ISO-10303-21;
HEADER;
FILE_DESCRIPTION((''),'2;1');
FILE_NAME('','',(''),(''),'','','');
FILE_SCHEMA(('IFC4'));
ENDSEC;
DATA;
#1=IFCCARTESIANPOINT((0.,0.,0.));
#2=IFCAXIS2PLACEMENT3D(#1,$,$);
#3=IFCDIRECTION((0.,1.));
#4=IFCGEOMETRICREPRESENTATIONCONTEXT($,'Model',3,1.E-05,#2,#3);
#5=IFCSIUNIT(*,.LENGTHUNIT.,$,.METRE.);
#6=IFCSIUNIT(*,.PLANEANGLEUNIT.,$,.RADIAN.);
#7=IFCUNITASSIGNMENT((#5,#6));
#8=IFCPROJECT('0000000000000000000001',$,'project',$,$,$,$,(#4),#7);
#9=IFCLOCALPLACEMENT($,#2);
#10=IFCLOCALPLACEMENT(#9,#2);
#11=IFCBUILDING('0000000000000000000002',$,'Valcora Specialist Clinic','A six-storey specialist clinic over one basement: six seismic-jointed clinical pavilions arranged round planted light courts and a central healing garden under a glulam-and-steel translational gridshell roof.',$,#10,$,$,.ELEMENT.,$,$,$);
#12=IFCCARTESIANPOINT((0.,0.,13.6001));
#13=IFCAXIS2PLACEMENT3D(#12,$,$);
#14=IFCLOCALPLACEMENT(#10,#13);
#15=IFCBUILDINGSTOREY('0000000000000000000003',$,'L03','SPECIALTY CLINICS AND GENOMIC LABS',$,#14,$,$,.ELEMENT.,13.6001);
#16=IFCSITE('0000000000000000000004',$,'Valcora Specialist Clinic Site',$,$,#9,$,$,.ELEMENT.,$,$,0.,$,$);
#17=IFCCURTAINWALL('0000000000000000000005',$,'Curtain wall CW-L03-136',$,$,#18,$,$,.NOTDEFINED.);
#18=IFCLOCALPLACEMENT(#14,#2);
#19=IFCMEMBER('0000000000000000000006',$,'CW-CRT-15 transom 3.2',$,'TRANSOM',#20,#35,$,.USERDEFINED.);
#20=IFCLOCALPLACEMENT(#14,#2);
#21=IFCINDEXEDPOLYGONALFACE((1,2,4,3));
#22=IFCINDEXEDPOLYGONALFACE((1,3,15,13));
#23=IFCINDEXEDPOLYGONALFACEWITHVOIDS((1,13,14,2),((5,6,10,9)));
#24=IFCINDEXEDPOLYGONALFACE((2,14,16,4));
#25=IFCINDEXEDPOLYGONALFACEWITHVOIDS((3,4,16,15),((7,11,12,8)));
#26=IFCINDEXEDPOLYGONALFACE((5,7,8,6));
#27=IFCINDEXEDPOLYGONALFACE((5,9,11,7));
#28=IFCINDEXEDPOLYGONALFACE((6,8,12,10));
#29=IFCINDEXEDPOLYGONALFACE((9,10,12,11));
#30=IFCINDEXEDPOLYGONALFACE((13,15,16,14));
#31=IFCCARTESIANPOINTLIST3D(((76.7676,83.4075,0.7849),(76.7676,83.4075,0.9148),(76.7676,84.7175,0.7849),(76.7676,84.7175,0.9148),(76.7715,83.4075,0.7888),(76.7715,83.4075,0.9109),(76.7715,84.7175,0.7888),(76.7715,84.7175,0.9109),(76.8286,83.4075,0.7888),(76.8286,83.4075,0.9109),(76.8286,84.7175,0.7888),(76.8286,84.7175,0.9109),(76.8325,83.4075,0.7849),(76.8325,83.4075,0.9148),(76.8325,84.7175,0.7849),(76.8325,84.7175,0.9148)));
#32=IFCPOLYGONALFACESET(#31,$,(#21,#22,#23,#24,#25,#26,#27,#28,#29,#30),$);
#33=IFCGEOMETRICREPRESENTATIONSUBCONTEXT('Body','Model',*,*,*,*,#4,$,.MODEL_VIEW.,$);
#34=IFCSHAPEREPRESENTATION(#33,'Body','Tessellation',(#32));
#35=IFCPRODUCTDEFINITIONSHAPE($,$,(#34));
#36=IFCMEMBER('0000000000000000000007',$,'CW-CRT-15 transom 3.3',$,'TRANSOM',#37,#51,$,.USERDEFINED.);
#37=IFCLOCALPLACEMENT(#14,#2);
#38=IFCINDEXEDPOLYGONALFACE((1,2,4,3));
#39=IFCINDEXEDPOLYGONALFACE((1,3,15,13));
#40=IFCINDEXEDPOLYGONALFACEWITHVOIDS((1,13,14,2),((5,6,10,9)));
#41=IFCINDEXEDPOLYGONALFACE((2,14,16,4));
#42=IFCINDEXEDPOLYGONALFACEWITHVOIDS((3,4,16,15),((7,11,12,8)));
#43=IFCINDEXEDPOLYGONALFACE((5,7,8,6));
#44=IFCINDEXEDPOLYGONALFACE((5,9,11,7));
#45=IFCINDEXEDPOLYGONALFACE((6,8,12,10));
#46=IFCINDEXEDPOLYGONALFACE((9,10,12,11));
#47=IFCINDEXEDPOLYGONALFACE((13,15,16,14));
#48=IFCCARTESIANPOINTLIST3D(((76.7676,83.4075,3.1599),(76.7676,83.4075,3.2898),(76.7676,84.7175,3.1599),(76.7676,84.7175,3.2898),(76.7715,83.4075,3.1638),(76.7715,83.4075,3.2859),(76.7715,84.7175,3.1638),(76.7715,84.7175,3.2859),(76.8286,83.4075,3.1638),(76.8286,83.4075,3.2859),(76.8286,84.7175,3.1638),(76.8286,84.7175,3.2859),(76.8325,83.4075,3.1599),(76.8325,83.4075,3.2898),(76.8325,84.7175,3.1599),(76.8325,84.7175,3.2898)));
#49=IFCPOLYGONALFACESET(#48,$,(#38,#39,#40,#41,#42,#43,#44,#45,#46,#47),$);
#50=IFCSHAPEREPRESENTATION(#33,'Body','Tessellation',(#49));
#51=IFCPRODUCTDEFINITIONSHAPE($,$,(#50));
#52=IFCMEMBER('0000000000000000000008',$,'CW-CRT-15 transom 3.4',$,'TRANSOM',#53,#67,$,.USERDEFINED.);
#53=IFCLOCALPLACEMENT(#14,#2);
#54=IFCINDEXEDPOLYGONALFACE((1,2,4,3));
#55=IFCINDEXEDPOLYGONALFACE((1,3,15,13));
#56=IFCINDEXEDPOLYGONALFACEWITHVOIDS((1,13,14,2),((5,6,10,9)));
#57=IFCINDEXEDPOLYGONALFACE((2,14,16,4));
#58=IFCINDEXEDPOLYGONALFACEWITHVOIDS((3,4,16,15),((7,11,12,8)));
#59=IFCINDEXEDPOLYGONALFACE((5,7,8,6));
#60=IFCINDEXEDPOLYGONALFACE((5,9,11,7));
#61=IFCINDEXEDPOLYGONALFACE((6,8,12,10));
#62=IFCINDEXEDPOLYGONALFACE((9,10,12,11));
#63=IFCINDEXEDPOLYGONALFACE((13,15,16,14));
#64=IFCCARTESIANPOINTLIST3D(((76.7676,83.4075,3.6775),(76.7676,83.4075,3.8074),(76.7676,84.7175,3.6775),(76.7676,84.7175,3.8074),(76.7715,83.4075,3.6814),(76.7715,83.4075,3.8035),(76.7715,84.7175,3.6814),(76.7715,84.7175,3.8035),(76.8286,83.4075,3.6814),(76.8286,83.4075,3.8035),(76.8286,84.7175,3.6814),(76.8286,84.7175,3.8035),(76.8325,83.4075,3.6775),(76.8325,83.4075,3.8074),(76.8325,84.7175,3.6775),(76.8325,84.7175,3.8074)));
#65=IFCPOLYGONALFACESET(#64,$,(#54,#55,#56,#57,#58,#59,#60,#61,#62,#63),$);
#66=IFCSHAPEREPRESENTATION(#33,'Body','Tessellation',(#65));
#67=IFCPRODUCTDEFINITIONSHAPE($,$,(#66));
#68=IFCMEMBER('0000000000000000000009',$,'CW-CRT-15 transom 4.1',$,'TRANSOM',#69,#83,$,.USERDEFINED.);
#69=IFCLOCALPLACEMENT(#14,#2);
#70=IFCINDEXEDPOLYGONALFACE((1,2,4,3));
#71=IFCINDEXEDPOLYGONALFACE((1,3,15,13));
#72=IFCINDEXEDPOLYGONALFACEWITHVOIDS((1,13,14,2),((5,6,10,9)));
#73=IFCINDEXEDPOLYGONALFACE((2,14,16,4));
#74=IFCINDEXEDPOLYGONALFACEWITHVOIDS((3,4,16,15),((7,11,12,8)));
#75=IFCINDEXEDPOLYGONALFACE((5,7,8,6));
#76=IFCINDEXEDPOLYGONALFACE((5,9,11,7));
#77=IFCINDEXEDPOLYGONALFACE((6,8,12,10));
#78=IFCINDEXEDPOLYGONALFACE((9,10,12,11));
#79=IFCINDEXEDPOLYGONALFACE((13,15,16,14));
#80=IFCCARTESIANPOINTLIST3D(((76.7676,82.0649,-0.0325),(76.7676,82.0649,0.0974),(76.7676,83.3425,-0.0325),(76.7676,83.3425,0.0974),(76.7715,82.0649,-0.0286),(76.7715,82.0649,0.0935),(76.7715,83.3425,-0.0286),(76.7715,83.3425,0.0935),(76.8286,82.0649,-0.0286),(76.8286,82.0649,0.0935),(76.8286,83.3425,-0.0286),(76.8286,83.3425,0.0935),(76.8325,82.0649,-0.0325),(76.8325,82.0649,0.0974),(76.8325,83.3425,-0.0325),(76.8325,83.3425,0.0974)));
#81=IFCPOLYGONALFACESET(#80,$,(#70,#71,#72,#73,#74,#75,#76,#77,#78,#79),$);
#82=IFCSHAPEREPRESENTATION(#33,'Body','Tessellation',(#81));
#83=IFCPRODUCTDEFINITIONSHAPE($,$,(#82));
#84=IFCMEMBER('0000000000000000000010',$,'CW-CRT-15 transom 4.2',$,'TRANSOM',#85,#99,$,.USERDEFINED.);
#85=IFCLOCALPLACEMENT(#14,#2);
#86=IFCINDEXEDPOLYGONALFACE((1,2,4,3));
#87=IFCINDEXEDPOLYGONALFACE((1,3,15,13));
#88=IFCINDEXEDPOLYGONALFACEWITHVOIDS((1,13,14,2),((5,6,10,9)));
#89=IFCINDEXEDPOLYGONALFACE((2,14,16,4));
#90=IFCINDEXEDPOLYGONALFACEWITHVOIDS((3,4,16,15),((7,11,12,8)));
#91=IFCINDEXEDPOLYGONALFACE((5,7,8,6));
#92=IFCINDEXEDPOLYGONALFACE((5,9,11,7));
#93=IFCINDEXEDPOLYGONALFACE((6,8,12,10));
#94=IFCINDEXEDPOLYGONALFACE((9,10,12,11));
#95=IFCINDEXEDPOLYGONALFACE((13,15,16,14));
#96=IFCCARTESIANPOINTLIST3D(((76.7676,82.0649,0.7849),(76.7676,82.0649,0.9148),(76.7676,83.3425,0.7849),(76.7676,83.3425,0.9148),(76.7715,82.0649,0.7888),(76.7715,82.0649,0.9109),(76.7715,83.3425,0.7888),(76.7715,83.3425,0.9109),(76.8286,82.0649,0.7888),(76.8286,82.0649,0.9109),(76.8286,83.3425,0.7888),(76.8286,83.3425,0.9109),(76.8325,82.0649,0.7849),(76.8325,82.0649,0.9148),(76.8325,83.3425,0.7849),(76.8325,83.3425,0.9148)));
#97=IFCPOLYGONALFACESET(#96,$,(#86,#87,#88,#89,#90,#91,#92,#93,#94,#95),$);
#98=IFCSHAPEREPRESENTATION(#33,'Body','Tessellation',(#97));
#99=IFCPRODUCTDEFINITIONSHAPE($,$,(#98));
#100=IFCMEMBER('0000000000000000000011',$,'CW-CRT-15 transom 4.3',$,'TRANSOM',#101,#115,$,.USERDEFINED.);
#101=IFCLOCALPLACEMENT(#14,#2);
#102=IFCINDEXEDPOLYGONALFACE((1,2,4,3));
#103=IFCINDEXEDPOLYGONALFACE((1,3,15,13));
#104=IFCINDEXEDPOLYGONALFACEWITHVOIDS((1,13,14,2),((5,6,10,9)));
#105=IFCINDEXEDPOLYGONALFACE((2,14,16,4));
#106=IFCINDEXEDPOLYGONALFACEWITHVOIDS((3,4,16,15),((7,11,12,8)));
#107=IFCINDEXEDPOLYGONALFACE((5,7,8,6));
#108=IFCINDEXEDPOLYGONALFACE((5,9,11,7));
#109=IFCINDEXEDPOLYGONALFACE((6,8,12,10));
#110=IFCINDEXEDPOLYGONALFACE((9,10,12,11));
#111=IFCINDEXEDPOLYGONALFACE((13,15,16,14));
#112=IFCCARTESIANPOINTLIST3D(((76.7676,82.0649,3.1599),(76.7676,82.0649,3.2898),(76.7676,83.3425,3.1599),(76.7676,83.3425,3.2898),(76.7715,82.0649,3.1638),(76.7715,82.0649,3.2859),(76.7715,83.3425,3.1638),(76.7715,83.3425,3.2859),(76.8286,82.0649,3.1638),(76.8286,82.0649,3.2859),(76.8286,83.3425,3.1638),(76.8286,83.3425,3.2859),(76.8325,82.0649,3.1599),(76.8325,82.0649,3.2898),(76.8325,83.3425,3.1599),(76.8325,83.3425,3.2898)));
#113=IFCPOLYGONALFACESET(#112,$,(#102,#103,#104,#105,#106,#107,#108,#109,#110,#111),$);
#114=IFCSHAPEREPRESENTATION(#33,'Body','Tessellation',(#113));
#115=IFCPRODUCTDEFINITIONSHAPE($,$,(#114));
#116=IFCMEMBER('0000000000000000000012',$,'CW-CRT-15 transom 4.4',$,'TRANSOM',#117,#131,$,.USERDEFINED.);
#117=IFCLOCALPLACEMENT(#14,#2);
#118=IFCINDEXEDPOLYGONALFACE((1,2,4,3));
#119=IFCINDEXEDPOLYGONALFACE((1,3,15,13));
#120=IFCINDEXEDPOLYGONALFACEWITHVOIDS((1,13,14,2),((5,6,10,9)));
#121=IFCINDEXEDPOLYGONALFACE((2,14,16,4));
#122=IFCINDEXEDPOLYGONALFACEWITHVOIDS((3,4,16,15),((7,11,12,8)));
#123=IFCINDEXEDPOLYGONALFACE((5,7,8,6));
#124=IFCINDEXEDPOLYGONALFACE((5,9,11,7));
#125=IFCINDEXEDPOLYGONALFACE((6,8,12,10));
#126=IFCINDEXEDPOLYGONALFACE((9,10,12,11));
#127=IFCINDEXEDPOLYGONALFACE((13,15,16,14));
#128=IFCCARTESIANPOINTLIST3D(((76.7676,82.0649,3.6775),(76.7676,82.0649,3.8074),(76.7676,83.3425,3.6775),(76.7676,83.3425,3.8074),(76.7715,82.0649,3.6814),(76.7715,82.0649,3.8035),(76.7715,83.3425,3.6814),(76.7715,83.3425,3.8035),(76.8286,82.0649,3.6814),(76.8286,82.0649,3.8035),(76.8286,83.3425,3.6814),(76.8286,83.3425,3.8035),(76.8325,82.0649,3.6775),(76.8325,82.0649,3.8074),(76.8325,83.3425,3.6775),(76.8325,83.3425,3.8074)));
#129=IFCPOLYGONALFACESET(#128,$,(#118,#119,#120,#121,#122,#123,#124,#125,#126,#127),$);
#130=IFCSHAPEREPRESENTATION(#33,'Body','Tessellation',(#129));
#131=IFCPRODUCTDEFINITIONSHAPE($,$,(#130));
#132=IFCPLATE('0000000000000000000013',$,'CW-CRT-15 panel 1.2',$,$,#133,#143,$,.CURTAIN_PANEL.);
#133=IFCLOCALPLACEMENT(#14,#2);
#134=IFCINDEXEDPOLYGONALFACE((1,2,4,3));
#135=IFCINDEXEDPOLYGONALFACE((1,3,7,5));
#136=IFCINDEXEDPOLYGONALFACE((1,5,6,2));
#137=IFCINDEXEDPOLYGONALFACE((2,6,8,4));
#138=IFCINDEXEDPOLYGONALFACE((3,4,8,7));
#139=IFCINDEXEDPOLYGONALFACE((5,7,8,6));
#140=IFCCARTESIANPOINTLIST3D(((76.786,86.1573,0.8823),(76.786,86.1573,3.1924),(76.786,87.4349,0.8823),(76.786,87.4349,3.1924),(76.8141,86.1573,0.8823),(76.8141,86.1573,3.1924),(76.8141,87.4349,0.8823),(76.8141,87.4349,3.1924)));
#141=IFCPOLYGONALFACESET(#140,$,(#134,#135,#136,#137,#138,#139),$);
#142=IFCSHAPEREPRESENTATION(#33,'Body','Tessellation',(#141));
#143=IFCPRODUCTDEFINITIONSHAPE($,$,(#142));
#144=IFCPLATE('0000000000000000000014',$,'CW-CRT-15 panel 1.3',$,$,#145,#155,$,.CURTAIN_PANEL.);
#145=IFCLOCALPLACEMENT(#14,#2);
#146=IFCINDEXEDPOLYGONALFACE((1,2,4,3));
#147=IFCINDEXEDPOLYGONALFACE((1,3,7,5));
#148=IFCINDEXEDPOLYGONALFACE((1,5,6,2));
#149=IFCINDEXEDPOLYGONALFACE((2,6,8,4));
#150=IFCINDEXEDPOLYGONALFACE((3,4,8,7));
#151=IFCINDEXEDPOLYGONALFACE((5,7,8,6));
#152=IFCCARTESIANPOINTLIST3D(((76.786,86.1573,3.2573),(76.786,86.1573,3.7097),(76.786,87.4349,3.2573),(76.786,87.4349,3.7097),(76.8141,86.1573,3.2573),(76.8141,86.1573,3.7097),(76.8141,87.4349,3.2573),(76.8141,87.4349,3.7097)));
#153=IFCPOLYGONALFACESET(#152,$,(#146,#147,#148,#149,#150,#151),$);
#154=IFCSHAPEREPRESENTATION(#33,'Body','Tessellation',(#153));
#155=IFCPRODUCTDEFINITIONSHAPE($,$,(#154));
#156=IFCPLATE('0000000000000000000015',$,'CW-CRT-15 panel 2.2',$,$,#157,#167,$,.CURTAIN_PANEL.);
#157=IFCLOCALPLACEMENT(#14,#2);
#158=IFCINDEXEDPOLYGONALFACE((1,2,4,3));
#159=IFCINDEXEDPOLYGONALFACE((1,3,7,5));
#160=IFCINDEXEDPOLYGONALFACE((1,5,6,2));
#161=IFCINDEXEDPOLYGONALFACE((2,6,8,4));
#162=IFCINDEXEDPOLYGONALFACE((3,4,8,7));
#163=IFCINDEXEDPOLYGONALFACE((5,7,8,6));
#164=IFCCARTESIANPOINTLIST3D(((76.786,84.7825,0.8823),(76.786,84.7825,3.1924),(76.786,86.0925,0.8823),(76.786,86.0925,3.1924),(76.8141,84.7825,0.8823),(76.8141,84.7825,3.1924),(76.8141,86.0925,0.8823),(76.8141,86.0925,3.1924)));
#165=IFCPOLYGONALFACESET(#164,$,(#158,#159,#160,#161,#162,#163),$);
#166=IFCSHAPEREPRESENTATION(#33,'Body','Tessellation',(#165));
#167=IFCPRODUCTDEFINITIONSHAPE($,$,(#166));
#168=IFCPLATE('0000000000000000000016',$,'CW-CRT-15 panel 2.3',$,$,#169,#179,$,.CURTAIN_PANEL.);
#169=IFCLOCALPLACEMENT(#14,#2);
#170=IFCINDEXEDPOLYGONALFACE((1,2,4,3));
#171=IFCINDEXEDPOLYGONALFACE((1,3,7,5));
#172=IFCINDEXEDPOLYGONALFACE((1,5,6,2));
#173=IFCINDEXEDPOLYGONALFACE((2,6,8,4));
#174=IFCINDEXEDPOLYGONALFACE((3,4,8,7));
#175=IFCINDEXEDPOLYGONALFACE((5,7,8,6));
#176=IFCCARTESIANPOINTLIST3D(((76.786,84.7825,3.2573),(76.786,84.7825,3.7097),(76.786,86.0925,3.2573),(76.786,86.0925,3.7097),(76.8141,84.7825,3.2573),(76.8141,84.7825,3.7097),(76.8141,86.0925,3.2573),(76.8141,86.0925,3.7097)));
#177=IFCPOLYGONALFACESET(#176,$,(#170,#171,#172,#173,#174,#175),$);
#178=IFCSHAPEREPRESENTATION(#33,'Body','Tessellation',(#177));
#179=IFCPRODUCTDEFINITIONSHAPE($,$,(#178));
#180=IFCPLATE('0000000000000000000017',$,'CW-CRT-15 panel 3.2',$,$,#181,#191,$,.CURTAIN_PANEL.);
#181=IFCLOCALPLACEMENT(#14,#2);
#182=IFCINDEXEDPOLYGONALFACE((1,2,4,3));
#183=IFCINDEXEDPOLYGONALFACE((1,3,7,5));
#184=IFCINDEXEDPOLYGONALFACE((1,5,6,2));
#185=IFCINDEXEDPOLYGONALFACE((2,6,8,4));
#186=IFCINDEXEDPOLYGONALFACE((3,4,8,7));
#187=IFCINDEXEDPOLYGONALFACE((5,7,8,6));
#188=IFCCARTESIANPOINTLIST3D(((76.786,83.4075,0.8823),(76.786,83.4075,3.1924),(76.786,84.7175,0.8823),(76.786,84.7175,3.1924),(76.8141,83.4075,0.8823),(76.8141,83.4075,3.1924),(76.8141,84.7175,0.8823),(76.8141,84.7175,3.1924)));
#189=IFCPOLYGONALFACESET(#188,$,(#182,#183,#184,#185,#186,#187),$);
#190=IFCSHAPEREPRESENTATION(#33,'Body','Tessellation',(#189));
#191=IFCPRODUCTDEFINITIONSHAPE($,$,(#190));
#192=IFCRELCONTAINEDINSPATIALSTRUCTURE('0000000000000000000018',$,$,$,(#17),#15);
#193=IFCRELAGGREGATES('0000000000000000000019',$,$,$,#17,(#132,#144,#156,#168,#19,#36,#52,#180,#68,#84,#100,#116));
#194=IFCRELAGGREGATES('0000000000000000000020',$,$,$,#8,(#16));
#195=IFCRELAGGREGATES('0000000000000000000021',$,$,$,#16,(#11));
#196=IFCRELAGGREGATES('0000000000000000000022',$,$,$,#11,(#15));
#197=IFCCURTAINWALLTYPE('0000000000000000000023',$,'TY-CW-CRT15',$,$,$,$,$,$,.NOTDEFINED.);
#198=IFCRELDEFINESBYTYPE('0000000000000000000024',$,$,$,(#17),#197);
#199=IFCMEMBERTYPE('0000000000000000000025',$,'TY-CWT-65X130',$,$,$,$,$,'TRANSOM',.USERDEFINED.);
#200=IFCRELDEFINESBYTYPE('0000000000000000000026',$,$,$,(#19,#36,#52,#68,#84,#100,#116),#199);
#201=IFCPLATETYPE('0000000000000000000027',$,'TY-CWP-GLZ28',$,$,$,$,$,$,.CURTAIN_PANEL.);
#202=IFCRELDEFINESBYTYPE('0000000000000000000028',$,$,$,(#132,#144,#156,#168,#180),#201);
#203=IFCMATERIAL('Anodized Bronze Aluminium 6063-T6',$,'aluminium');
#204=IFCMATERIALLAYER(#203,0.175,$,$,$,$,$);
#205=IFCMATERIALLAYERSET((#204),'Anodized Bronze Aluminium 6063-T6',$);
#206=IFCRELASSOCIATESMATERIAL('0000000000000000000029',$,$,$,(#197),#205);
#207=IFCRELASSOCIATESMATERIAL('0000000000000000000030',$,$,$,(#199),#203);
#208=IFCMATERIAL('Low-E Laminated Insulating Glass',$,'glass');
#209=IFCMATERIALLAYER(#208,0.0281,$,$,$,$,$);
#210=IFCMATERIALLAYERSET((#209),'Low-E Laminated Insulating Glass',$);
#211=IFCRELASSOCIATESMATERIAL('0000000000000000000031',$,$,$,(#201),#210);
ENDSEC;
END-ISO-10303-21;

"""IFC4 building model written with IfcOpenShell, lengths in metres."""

from ifc_helpers import new_model, si_unit, direction, frame, origin, origin_2d, place, context, subcontext, project, spatial, rectangle, hollow_rectangle, extrude, material, layer, layer_set, material_profile, profile_set, type_object, element, aggregate, save


model = new_model("IFC4")

# Units and contexts
model_context = context("Model", 3, precision=1e-05, world=origin(), true_north=direction((0.0, 1.0)))
body_context = subcontext(model_context, "Body", "Model", "MODEL_VIEW")
ifc_project = project(units=[si_unit("LENGTHUNIT", "METRE"), si_unit("PLANEANGLEUNIT", "RADIAN")], contexts=[model_context])

# Site, building, storey
site_placement = place(None, origin())
site = spatial("IfcSite", under=ifc_project, at=site_placement, Name="Valcora Specialist Clinic Site", CompositionType="ELEMENT", RefElevation=0.0)
building_placement = place(site_placement, origin())
building = spatial("IfcBuilding", under=site, at=building_placement, Name="Valcora Specialist Clinic", Description="A six-storey specialist clinic over one basement: six seismic-jointed clinical pavilions arranged round planted light courts and a central healing garden under a glulam-and-steel translational gridshell roof.", CompositionType="ELEMENT")
storey_placement = place(building_placement, frame((0.0, 0.0, 13.6001)))
storey = spatial("IfcBuildingStorey", under=building, at=storey_placement, Name="L03", Description="SPECIALTY CLINICS AND GENOMIC LABS", CompositionType="ELEMENT", Elevation=13.6001)

# Curtain wall, members, plates
ifc_material_1 = material(Name="Anodized Bronze Aluminium 6063-T6", Category="aluminium")
ifc_layer_1 = layer(ifc_material_1, 0.175)
ifc_layer_set_1 = layer_set([ifc_layer_1], Name="Anodized Bronze Aluminium 6063-T6")
curtain_wall_type = type_object("IfcCurtainWallType", Name="TY-CW-CRT15", PredefinedType="NOTDEFINED", material=ifc_layer_set_1)
curtain_wall_placement = place(storey_placement, origin())
curtain_wall = element("IfcCurtainWall", 1, at=curtain_wall_placement, inside=storey, type_object=curtain_wall_type, Name="Curtain wall CW-L03-136", PredefinedType="NOTDEFINED")
ifc_material_profile_1 = material_profile(ifc_material_1, hollow_rectangle(XDim=0.0649, YDim=0.1299, WallThickness=0.0039, at=origin_2d()), Name="AL-TRN-65X130")
ifc_profile_set_1 = profile_set([ifc_material_profile_1], Name="Anodized Bronze Aluminium 6063-T6")
member_type_1 = type_object("IfcMemberType", Name="TY-CWT-65X130", ElementType="TRANSOM", PredefinedType="USERDEFINED", material=ifc_profile_set_1)
member_1_placement = place(storey_placement, frame((76.8, 84.7175, 0.8499), z_axis=(0.0, -1.0, 0.0), x_axis=(1.0, 0.0, 0.0)))
member_1 = element("IfcMember", 2, at=member_1_placement, type_object=member_type_1, Name="CW-CRT-15 transom 3.2", ObjectType="TRANSOM", PredefinedType="USERDEFINED", context=body_context, shape_type="SweptSolid", body=[
    extrude(hollow_rectangle(XDim=0.0649, YDim=0.1299, WallThickness=0.0039, at=origin_2d()), origin(), (0.0, 0.0, 1.0), 1.3101),
])
member_2_placement = place(storey_placement, frame((76.8, 84.7175, 3.2249), z_axis=(0.0, -1.0, 0.0), x_axis=(1.0, 0.0, 0.0)))
member_2 = element("IfcMember", 3, at=member_2_placement, type_object=member_type_1, Name="CW-CRT-15 transom 3.3", ObjectType="TRANSOM", PredefinedType="USERDEFINED", context=body_context, shape_type="SweptSolid", body=[
    extrude(hollow_rectangle(XDim=0.0649, YDim=0.1299, WallThickness=0.0039, at=origin_2d()), origin(), (0.0, 0.0, 1.0), 1.3101),
])
member_3_placement = place(storey_placement, frame((76.8, 84.7175, 3.7424), z_axis=(0.0, -1.0, 0.0), x_axis=(1.0, 0.0, 0.0)))
member_3 = element("IfcMember", 4, at=member_3_placement, type_object=member_type_1, Name="CW-CRT-15 transom 3.4", ObjectType="TRANSOM", PredefinedType="USERDEFINED", context=body_context, shape_type="SweptSolid", body=[
    extrude(hollow_rectangle(XDim=0.0649, YDim=0.1299, WallThickness=0.0039, at=origin_2d()), origin(), (0.0, 0.0, 1.0), 1.3101),
])
member_4_placement = place(storey_placement, frame((76.8, 83.3425, 0.0325), z_axis=(0.0, -1.0, 0.0), x_axis=(1.0, 0.0, 0.0)))
member_4 = element("IfcMember", 5, at=member_4_placement, type_object=member_type_1, Name="CW-CRT-15 transom 4.1", ObjectType="TRANSOM", PredefinedType="USERDEFINED", context=body_context, shape_type="SweptSolid", body=[
    extrude(hollow_rectangle(XDim=0.0649, YDim=0.1299, WallThickness=0.0039, at=origin_2d()), origin(), (0.0, 0.0, 1.0), 1.2776),
])
member_5_placement = place(storey_placement, frame((76.8, 83.3425, 0.8499), z_axis=(0.0, -1.0, 0.0), x_axis=(1.0, 0.0, 0.0)))
member_5 = element("IfcMember", 6, at=member_5_placement, type_object=member_type_1, Name="CW-CRT-15 transom 4.2", ObjectType="TRANSOM", PredefinedType="USERDEFINED", context=body_context, shape_type="SweptSolid", body=[
    extrude(hollow_rectangle(XDim=0.0649, YDim=0.1299, WallThickness=0.0039, at=origin_2d()), origin(), (0.0, 0.0, 1.0), 1.2776),
])
member_6_placement = place(storey_placement, frame((76.8, 83.3425, 3.2249), z_axis=(0.0, -1.0, 0.0), x_axis=(1.0, 0.0, 0.0)))
member_6 = element("IfcMember", 7, at=member_6_placement, type_object=member_type_1, Name="CW-CRT-15 transom 4.3", ObjectType="TRANSOM", PredefinedType="USERDEFINED", context=body_context, shape_type="SweptSolid", body=[
    extrude(hollow_rectangle(XDim=0.0649, YDim=0.1299, WallThickness=0.0039, at=origin_2d()), origin(), (0.0, 0.0, 1.0), 1.2776),
])
member_7_placement = place(storey_placement, frame((76.8, 83.3425, 3.7424), z_axis=(0.0, -1.0, 0.0), x_axis=(1.0, 0.0, 0.0)))
member_7 = element("IfcMember", 8, at=member_7_placement, type_object=member_type_1, Name="CW-CRT-15 transom 4.4", ObjectType="TRANSOM", PredefinedType="USERDEFINED", context=body_context, shape_type="SweptSolid", body=[
    extrude(hollow_rectangle(XDim=0.0649, YDim=0.1299, WallThickness=0.0039, at=origin_2d()), origin(), (0.0, 0.0, 1.0), 1.2776),
])
ifc_material_2 = material(Name="Low-E Laminated Insulating Glass", Category="glass")
ifc_layer_2 = layer(ifc_material_2, 0.0281)
ifc_layer_set_2 = layer_set([ifc_layer_2], Name="Low-E Laminated Insulating Glass")
plate_type_1 = type_object("IfcPlateType", Name="TY-CWP-GLZ28", PredefinedType="CURTAIN_PANEL", material=ifc_layer_set_2)
plate_1_placement = place(storey_placement, frame((76.8, 86.7961, 0.8823), z_axis=(0.0, 0.0, 1.0), x_axis=(0.0, -1.0, 0.0)))
plate_1 = element("IfcPlate", 9, at=plate_1_placement, type_object=plate_type_1, Name="CW-CRT-15 panel 1.2", PredefinedType="CURTAIN_PANEL", context=body_context, shape_type="SweptSolid", body=[
    extrude(rectangle(XDim=1.2776, YDim=0.0281, at=origin_2d()), origin(), (0.0, 0.0, 1.0), 2.3101),
])
plate_2_placement = place(storey_placement, frame((76.8, 86.7961, 3.2573), z_axis=(0.0, 0.0, 1.0), x_axis=(0.0, -1.0, 0.0)))
plate_2 = element("IfcPlate", 10, at=plate_2_placement, type_object=plate_type_1, Name="CW-CRT-15 panel 1.3", PredefinedType="CURTAIN_PANEL", context=body_context, shape_type="SweptSolid", body=[
    extrude(rectangle(XDim=1.2776, YDim=0.0281, at=origin_2d()), origin(), (0.0, 0.0, 1.0), 0.4524),
])
plate_3_placement = place(storey_placement, frame((76.8, 85.4375, 0.8823), z_axis=(0.0, 0.0, 1.0), x_axis=(0.0, -1.0, 0.0)))
plate_3 = element("IfcPlate", 11, at=plate_3_placement, type_object=plate_type_1, Name="CW-CRT-15 panel 2.2", PredefinedType="CURTAIN_PANEL", context=body_context, shape_type="SweptSolid", body=[
    extrude(rectangle(XDim=1.3101, YDim=0.0281, at=origin_2d()), origin(), (0.0, 0.0, 1.0), 2.3101),
])
plate_4_placement = place(storey_placement, frame((76.8, 85.4375, 3.2573), z_axis=(0.0, 0.0, 1.0), x_axis=(0.0, -1.0, 0.0)))
plate_4 = element("IfcPlate", 12, at=plate_4_placement, type_object=plate_type_1, Name="CW-CRT-15 panel 2.3", PredefinedType="CURTAIN_PANEL", context=body_context, shape_type="SweptSolid", body=[
    extrude(rectangle(XDim=1.3101, YDim=0.0281, at=origin_2d()), origin(), (0.0, 0.0, 1.0), 0.4524),
])
plate_5_placement = place(storey_placement, frame((76.8, 84.0625, 0.8823), z_axis=(0.0, 0.0, 1.0), x_axis=(0.0, -1.0, 0.0)))
plate_5 = element("IfcPlate", 13, at=plate_5_placement, type_object=plate_type_1, Name="CW-CRT-15 panel 3.2", PredefinedType="CURTAIN_PANEL", context=body_context, shape_type="SweptSolid", body=[
    extrude(rectangle(XDim=1.3101, YDim=0.0281, at=origin_2d()), origin(), (0.0, 0.0, 1.0), 2.3101),
])
aggregate(curtain_wall, [plate_1, plate_2, plate_3, plate_4, member_1, member_2, member_3, plate_5, member_4, member_5, member_6, member_7])

save(model, "model.ifc")
